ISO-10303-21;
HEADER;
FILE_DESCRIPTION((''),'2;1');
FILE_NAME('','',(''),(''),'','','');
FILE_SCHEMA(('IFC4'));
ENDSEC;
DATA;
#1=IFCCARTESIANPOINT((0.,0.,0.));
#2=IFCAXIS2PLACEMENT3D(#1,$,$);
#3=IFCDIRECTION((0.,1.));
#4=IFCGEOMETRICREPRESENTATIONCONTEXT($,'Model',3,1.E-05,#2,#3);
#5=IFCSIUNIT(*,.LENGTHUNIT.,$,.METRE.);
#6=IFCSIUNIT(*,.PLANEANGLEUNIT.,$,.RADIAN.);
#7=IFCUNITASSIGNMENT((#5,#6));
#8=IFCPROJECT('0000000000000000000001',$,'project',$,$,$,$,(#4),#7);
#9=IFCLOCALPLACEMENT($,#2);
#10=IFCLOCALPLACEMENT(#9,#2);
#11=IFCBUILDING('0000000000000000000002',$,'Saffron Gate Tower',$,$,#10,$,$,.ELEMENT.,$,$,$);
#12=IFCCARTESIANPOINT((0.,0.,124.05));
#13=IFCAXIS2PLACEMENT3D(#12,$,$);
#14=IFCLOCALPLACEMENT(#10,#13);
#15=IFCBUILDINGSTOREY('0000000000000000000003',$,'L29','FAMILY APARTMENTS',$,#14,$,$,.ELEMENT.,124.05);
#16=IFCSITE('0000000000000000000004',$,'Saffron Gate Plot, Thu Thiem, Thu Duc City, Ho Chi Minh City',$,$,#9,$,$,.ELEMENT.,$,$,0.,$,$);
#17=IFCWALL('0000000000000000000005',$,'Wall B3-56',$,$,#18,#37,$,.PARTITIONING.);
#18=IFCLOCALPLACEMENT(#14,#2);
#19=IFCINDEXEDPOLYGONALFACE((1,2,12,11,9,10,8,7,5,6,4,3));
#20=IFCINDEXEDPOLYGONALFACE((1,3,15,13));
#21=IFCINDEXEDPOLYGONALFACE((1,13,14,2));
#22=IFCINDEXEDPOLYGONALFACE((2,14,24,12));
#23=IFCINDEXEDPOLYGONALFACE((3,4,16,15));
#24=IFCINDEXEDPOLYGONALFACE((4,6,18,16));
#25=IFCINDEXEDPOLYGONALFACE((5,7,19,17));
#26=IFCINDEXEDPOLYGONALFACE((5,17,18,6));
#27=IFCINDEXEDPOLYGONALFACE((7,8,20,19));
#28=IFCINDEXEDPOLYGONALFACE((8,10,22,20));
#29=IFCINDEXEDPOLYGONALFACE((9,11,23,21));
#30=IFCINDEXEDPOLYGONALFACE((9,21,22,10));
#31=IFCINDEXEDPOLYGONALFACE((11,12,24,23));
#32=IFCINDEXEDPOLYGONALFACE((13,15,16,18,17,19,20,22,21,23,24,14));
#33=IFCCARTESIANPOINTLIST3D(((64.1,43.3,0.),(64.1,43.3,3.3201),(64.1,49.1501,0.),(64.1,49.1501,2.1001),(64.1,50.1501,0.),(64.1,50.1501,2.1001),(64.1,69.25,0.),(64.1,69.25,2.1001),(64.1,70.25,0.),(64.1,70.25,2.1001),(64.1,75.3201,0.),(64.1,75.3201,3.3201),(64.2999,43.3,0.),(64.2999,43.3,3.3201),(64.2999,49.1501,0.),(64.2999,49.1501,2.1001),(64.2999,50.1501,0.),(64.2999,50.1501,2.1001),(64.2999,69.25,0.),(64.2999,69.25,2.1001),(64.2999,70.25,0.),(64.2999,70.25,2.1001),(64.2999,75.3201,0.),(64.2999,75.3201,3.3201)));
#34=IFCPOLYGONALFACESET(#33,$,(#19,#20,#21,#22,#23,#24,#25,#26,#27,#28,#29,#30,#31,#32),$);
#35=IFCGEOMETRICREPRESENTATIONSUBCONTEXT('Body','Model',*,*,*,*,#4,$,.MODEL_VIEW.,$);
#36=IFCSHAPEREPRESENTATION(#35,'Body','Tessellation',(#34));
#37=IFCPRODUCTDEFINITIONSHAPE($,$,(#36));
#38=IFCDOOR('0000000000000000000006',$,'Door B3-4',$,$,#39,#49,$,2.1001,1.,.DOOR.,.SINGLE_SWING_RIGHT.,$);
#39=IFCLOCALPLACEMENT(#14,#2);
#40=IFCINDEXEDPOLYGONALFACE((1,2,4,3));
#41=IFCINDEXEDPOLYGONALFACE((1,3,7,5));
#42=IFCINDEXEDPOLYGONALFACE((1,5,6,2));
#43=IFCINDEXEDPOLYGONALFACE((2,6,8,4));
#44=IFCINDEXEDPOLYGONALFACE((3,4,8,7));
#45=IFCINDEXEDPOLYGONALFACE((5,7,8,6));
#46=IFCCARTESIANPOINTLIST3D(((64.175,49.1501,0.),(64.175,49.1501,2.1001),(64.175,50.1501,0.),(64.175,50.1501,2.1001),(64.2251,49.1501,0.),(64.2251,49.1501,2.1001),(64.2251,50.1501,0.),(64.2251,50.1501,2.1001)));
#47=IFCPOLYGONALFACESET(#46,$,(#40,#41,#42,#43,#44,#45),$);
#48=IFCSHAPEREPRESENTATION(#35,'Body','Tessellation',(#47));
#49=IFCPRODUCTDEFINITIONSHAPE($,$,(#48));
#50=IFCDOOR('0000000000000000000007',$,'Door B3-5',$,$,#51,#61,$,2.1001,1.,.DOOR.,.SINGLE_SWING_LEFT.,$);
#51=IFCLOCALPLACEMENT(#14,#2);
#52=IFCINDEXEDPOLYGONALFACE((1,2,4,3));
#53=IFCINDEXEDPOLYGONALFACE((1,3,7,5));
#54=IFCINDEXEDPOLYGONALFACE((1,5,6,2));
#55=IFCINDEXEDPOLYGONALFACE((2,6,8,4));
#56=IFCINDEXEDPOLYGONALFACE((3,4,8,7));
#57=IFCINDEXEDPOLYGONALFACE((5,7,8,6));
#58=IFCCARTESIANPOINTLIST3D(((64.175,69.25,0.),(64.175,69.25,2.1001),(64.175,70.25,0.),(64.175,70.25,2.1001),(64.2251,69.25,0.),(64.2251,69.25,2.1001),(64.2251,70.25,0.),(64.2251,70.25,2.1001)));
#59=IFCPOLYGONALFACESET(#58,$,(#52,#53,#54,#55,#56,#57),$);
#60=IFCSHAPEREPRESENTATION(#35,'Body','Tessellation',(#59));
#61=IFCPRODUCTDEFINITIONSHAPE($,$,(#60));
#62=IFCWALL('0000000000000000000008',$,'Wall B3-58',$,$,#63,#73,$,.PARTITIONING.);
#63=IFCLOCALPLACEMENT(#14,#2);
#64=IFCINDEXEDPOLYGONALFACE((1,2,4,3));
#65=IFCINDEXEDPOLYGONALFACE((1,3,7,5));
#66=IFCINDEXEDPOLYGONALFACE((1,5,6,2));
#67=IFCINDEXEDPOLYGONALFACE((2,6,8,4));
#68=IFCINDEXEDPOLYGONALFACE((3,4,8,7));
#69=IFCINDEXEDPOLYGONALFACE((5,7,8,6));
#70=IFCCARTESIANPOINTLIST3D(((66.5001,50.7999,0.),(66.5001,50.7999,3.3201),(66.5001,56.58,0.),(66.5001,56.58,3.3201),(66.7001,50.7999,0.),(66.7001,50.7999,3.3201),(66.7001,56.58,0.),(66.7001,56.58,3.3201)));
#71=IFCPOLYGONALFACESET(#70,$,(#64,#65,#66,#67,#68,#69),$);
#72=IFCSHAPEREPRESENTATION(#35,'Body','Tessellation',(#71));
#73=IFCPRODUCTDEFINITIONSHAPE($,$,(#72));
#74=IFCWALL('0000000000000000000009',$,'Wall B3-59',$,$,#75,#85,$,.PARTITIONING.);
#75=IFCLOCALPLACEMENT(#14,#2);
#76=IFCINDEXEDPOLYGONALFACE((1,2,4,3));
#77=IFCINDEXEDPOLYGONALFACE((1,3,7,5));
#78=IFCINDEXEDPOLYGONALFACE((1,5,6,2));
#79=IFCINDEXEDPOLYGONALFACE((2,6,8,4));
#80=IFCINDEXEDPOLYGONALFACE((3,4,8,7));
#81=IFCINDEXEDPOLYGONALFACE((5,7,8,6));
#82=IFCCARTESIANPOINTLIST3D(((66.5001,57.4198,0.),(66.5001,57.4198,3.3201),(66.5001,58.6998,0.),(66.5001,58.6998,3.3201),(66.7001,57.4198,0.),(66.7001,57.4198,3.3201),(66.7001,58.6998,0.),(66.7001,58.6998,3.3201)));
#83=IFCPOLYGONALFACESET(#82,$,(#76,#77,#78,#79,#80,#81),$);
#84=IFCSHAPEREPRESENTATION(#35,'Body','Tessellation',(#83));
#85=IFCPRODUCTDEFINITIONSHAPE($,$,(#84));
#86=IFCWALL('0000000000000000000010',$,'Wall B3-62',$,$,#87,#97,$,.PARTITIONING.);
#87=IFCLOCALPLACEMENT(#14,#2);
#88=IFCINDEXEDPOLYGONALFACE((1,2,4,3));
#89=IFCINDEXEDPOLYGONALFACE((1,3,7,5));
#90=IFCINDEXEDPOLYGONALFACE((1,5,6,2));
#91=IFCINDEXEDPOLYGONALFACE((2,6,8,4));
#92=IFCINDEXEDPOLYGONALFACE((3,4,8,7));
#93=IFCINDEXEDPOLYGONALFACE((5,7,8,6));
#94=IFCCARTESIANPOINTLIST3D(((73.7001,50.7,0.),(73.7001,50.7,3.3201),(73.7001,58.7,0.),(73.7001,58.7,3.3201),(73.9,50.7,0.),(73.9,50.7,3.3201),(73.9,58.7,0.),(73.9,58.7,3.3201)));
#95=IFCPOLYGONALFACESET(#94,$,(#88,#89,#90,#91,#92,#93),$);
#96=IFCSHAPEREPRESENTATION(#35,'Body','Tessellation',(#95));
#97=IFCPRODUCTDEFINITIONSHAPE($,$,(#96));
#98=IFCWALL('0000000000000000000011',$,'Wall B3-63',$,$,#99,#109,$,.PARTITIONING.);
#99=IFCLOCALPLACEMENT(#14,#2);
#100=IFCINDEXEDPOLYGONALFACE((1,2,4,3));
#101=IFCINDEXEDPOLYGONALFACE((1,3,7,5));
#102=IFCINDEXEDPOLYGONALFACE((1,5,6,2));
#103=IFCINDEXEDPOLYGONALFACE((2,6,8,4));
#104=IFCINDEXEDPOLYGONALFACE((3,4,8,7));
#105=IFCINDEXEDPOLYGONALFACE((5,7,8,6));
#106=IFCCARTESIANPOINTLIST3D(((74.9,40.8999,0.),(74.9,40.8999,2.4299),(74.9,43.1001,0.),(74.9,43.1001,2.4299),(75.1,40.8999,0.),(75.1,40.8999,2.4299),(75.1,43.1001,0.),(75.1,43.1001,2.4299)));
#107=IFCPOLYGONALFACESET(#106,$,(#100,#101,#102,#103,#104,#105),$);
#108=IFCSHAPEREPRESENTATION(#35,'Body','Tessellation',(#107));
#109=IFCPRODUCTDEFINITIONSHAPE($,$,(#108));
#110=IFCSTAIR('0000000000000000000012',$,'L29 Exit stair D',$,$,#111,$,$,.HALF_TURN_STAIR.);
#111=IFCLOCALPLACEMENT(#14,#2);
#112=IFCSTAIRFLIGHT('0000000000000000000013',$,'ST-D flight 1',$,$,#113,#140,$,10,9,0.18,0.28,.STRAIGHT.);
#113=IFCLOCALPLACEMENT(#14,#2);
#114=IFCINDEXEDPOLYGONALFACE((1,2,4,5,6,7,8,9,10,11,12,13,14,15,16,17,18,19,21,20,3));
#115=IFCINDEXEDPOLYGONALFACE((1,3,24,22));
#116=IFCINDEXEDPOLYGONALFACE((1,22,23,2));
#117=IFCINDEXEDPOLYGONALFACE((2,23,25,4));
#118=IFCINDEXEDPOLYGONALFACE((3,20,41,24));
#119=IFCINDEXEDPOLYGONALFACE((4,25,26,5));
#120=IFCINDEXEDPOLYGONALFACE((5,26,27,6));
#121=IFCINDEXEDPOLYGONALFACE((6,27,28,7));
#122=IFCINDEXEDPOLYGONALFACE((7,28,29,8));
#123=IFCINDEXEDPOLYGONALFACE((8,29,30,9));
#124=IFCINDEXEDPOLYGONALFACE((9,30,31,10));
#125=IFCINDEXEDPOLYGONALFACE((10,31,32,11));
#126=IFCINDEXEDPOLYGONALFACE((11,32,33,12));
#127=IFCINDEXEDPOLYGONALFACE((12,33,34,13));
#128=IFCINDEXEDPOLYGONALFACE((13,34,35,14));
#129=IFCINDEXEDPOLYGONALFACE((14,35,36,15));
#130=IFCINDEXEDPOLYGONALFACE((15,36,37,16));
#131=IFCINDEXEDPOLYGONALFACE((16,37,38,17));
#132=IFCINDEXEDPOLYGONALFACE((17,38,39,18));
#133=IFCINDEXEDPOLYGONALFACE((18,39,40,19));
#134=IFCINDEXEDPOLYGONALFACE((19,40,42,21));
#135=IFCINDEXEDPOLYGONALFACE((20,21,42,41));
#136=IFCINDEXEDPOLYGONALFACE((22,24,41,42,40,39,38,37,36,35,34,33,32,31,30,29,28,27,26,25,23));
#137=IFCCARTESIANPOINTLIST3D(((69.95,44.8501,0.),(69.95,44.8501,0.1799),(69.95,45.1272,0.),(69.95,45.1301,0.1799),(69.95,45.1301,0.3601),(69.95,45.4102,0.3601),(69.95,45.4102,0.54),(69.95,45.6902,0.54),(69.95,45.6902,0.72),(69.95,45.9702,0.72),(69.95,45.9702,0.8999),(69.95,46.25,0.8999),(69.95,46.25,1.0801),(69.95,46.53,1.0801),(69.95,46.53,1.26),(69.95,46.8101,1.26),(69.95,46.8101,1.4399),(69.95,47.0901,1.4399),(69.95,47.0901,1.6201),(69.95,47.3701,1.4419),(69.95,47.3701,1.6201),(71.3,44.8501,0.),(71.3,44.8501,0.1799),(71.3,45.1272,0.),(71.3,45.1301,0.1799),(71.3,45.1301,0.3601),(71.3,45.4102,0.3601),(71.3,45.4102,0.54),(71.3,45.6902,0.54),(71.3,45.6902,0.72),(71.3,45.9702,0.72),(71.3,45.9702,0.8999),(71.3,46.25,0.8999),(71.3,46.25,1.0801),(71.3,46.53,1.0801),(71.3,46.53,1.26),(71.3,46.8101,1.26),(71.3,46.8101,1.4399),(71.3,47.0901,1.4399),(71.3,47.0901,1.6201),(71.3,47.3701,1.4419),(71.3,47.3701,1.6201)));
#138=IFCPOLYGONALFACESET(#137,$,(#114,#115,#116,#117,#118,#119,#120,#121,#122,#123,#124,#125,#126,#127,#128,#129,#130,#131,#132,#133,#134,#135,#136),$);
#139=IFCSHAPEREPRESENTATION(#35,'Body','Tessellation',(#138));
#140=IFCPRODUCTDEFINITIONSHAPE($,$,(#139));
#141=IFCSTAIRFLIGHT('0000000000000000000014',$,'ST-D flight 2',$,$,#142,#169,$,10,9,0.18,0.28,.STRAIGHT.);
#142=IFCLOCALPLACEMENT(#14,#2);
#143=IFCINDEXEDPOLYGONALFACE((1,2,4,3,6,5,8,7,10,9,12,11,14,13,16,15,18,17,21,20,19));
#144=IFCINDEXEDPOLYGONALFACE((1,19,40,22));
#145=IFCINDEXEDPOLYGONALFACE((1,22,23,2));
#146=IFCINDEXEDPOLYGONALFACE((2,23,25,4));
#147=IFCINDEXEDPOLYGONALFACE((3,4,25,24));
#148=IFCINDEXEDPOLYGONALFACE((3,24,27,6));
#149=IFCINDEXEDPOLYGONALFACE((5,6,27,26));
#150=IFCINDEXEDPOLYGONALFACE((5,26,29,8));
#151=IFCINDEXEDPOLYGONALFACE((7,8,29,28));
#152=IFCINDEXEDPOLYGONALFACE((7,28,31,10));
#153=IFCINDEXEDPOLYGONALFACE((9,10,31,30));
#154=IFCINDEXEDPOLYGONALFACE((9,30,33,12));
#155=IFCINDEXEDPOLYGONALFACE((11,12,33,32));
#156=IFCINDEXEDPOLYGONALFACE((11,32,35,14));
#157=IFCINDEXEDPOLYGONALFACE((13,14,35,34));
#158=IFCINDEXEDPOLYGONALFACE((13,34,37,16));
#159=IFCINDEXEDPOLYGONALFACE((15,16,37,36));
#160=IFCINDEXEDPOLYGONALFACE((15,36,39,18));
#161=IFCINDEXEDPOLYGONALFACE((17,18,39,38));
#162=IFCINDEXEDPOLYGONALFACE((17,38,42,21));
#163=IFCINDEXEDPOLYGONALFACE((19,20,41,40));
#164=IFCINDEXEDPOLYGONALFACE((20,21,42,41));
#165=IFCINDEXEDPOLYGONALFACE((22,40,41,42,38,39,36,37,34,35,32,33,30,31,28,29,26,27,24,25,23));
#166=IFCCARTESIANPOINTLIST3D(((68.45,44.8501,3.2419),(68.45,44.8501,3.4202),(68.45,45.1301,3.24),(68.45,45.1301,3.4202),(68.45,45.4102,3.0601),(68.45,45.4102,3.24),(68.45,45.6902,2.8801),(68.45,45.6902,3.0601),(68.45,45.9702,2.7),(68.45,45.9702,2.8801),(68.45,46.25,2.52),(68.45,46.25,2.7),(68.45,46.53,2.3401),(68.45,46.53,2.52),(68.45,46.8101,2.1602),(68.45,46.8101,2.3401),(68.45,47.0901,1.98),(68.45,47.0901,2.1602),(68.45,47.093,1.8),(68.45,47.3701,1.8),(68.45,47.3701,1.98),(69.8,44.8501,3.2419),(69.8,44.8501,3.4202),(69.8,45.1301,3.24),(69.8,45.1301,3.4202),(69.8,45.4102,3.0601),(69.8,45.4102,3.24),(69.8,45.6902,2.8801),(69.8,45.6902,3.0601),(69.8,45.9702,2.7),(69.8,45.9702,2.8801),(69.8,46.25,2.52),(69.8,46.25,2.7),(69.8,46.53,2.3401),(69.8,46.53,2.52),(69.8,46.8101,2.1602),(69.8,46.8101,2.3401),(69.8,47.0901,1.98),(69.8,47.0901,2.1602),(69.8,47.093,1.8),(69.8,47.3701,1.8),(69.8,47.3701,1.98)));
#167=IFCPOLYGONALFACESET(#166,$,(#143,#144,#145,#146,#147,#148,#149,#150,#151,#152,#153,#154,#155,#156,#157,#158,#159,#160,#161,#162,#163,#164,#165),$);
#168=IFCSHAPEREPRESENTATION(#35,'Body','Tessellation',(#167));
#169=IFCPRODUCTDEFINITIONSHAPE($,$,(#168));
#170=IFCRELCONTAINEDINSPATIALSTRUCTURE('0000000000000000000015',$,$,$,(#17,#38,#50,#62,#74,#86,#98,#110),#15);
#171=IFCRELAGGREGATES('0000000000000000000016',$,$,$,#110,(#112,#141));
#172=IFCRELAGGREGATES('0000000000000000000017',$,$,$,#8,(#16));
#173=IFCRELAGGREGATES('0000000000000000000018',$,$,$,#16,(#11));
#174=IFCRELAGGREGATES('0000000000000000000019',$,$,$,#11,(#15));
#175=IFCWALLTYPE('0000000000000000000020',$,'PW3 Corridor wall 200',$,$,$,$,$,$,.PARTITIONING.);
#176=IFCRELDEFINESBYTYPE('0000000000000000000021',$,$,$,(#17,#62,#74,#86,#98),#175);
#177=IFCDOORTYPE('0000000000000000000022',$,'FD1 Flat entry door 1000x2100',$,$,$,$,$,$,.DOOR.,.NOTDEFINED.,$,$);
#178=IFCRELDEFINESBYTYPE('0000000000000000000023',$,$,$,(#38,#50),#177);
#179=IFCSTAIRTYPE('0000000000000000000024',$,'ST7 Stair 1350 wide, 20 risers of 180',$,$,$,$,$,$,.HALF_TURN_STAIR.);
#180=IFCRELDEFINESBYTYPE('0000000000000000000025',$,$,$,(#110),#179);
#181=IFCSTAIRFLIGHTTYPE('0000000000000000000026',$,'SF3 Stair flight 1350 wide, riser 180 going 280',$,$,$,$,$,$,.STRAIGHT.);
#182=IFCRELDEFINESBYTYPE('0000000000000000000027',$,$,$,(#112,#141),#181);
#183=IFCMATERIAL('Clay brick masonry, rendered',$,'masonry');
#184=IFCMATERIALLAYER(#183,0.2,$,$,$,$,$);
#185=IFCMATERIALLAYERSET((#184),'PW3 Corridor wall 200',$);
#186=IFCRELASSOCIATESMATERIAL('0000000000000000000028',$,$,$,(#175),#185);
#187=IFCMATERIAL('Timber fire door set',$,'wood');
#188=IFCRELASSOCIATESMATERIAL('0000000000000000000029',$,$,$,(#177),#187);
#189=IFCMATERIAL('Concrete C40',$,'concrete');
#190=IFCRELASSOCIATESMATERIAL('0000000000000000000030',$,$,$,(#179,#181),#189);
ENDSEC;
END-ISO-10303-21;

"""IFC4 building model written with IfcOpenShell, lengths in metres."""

from ifc_helpers import new_model, si_unit, direction, frame, frame_2d, origin, place, context, subcontext, project, spatial, polyline, rectangle, outline, extrude, material, layer, layer_set, type_object, element, fill, aggregate, save


model = new_model("IFC4")

# Units and contexts
model_context = context("Model", 3, precision=1e-05, world=origin(), true_north=direction((0.0, 1.0)))
body_context = subcontext(model_context, "Body", "Model", "MODEL_VIEW")
ifc_project = project(units=[si_unit("LENGTHUNIT", "METRE"), si_unit("PLANEANGLEUNIT", "RADIAN")], contexts=[model_context])

# Site, building, storey
site_placement = place(None, origin())
site = spatial("IfcSite", under=ifc_project, at=site_placement, Name="Saffron Gate Plot, Thu Thiem, Thu Duc City, Ho Chi Minh City", CompositionType="ELEMENT", RefElevation=0.0)
building_placement = place(site_placement, origin())
building = spatial("IfcBuilding", under=site, at=building_placement, Name="Saffron Gate Tower", CompositionType="ELEMENT")
storey_placement = place(building_placement, frame((0.0, 0.0, 124.05)))
storey = spatial("IfcBuildingStorey", under=building, at=storey_placement, Name="L29", Description="FAMILY APARTMENTS", CompositionType="ELEMENT", Elevation=124.05)

# Shared definitions
ifc_material_1 = material(Name="Clay brick masonry, rendered", Category="masonry")
ifc_layer_1 = layer(ifc_material_1, 0.2)
ifc_layer_set_1 = layer_set([ifc_layer_1], Name="PW3 Corridor wall 200")
wall_type_1 = type_object("IfcWallType", Name="PW3 Corridor wall 200", PredefinedType="PARTITIONING", material=ifc_layer_set_1)
ifc_material_2 = material(Name="Timber fire door set", Category="wood")
door_type_1 = type_object("IfcDoorType", Name="FD1 Flat entry door 1000x2100", OperationType="NOTDEFINED", PredefinedType="DOOR", material=ifc_material_2)

# Wall, openings, doors
wall_1_placement = place(storey_placement, frame((64.2, 43.3, 0.0), z_axis=(0.0, 0.0, 1.0), x_axis=(0.0, 1.0, 0.0)))
wall_1 = element("IfcWall", 1, at=wall_1_placement, inside=storey, type_object=wall_type_1, Name="Wall B3-56", PredefinedType="PARTITIONING", context=body_context, shape_type="SweptSolid", body=[
    extrude(rectangle(XDim=32.02, YDim=0.2, at=frame_2d((16.01, 0.0))), origin(), (0.0, 0.0, 1.0), 3.3201),
])
opening_1_placement = place(wall_1_placement, frame((5.8501, 0.0, 0.0)))
opening_1 = element("IfcOpeningElement", 2, at=opening_1_placement, cuts=wall_1, PredefinedType="OPENING", context=body_context, shape_type="SweptSolid", body=[
    extrude(rectangle(XDim=1.0, YDim=2.1001, at=frame_2d((0.5, 1.05))), frame((0.0, 0.1099, 0.0), z_axis=(0.0, -1.0, 0.0), x_axis=(1.0, 0.0, 0.0)), (0.0, 0.0, 1.0), 0.22),
])
opening_2_placement = place(wall_1_placement, frame((25.95, 0.0, 0.0)))
opening_2 = element("IfcOpeningElement", 3, at=opening_2_placement, cuts=wall_1, PredefinedType="OPENING", context=body_context, shape_type="SweptSolid", body=[
    extrude(rectangle(XDim=1.0, YDim=2.1001, at=frame_2d((0.5, 1.05))), frame((0.0, 0.1099, 0.0), z_axis=(0.0, -1.0, 0.0), x_axis=(1.0, 0.0, 0.0)), (0.0, 0.0, 1.0), 0.22),
])
door_1_placement = place(opening_1_placement, origin())
door_1 = element("IfcDoor", 4, at=door_1_placement, inside=storey, type_object=door_type_1, Name="Door B3-4", OperationType="SINGLE_SWING_RIGHT", OverallHeight=2.1001, OverallWidth=1.0, PredefinedType="DOOR", context=body_context, shape_type="SweptSolid", body=[
    extrude(rectangle(XDim=1.0, YDim=2.1001, at=frame_2d((0.5, 1.05))), frame((0.0, 0.0249, 0.0), z_axis=(0.0, -1.0, 0.0), x_axis=(1.0, 0.0, 0.0)), (0.0, 0.0, 1.0), 0.05),
])
fill(opening_1, door_1)
door_2_placement = place(opening_2_placement, origin())
door_2 = element("IfcDoor", 5, at=door_2_placement, inside=storey, type_object=door_type_1, Name="Door B3-5", OperationType="SINGLE_SWING_LEFT", OverallHeight=2.1001, OverallWidth=1.0, PredefinedType="DOOR", context=body_context, shape_type="SweptSolid", body=[
    extrude(rectangle(XDim=1.0, YDim=2.1001, at=frame_2d((0.5, 1.05))), frame((0.0, 0.0249, 0.0), z_axis=(0.0, -1.0, 0.0), x_axis=(1.0, 0.0, 0.0)), (0.0, 0.0, 1.0), 0.05),
])
fill(opening_2, door_2)

# Walls
wall_2_placement = place(storey_placement, frame((66.6001, 56.5801, 0.0), z_axis=(0.0, 0.0, 1.0), x_axis=(0.0, -1.0, 0.0)))
element("IfcWall", 6, at=wall_2_placement, inside=storey, type_object=wall_type_1, Name="Wall B3-58", PredefinedType="PARTITIONING", context=body_context, shape_type="SweptSolid", body=[
    extrude(rectangle(XDim=5.78, YDim=0.2, at=frame_2d((2.8901, 0.0))), origin(), (0.0, 0.0, 1.0), 3.3201),
])
wall_3_placement = place(storey_placement, frame((66.6001, 58.7, 0.0), z_axis=(0.0, 0.0, 1.0), x_axis=(0.0, -1.0, 0.0)))
element("IfcWall", 7, at=wall_3_placement, inside=storey, type_object=wall_type_1, Name="Wall B3-59", PredefinedType="PARTITIONING", context=body_context, shape_type="SweptSolid", body=[
    extrude(rectangle(XDim=1.28, YDim=0.2, at=frame_2d((0.6401, 0.0))), origin(), (0.0, 0.0, 1.0), 3.3201),
])
wall_4_placement = place(storey_placement, frame((73.8, 58.7, 0.0), z_axis=(0.0, 0.0, 1.0), x_axis=(0.0, -1.0, 0.0)))
element("IfcWall", 8, at=wall_4_placement, inside=storey, type_object=wall_type_1, Name="Wall B3-62", PredefinedType="PARTITIONING", context=body_context, shape_type="SweptSolid", body=[
    extrude(rectangle(XDim=8.0, YDim=0.2, at=frame_2d((4.0, 0.0))), origin(), (0.0, 0.0, 1.0), 3.3201),
])
wall_5_placement = place(storey_placement, frame((75.0, 43.1001, 0.0), z_axis=(0.0, 0.0, 1.0), x_axis=(0.0, -1.0, 0.0)))
element("IfcWall", 9, at=wall_5_placement, inside=storey, type_object=wall_type_1, Name="Wall B3-63", PredefinedType="PARTITIONING", context=body_context, shape_type="SweptSolid", body=[
    extrude(rectangle(XDim=2.2002, YDim=0.2, at=frame_2d((1.1001, 0.0))), origin(), (0.0, 0.0, 1.0), 2.4299),
])

# Stair, stair flights
ifc_material_3 = material(Name="Concrete C40", Category="concrete")
stair_type = type_object("IfcStairType", Name="ST7 Stair 1350 wide, 20 risers of 180", PredefinedType="HALF_TURN_STAIR", material=ifc_material_3)
stair_placement = place(storey_placement, origin())
stair = element("IfcStair", 10, at=stair_placement, inside=storey, type_object=stair_type, Name="L29 Exit stair D", PredefinedType="HALF_TURN_STAIR")
stair_flight_type = type_object("IfcStairFlightType", Name="SF3 Stair flight 1350 wide, riser 180 going 280", PredefinedType="STRAIGHT", material=ifc_material_3)
stair_flight_1_placement = place(storey_placement, frame((70.625, 44.8501, 0.0), z_axis=(0.0, 0.0, 1.0), x_axis=(0.0, 1.0, 0.0)))
stair_flight_1 = element("IfcStairFlight", 11, at=stair_flight_1_placement, type_object=stair_flight_type, Name="ST-D flight 1", NumberOfRisers=10, NumberOfTreads=9, PredefinedType="STRAIGHT", RiserHeight=0.18, TreadLength=0.28, context=body_context, shape_type="SweptSolid", body=[
    extrude(outline(polyline([(0.0, 0.0), (0.0, 0.1799), (0.28, 0.1799), (0.28, 0.3601), (0.5601, 0.3601), (0.5601, 0.54), (0.8401, 0.54), (0.8401, 0.72), (1.1201, 0.72), (1.1201, 0.8999), (1.3999, 0.8999), (1.3999, 1.0801), (1.6799, 1.0801), (1.6799, 1.26), (1.96, 1.26), (1.96, 1.4399), (2.24, 1.4399), (2.24, 1.6201), (2.52, 1.6201), (2.52, 1.8), (2.52, 1.4419), (0.2771, 0.0), (0.0, 0.0)])), frame((0.0, 0.675, 0.0), z_axis=(0.0, -1.0, 0.0), x_axis=(1.0, 0.0, 0.0)), (0.0, 0.0, 1.0), 1.3501),
])
stair_flight_2_placement = place(storey_placement, frame((69.125, 47.3701, 1.8), z_axis=(0.0, 0.0, 1.0), x_axis=(0.0, -1.0, 0.0)))
stair_flight_2 = element("IfcStairFlight", 12, at=stair_flight_2_placement, type_object=stair_flight_type, Name="ST-D flight 2", NumberOfRisers=10, NumberOfTreads=9, PredefinedType="STRAIGHT", RiserHeight=0.18, TreadLength=0.28, context=body_context, shape_type="SweptSolid", body=[
    extrude(outline(polyline([(0.0, 0.0), (0.0, 0.1799), (0.28, 0.1799), (0.28, 0.3601), (0.5601, 0.3601), (0.5601, 0.54), (0.8401, 0.54), (0.8401, 0.72), (1.1201, 0.72), (1.1201, 0.8999), (1.3999, 0.8999), (1.3999, 1.0801), (1.6799, 1.0801), (1.6799, 1.26), (1.96, 1.26), (1.96, 1.4399), (2.24, 1.4399), (2.24, 1.6201), (2.52, 1.6201), (2.52, 1.8), (2.52, 1.4419), (0.2771, 0.0), (0.0, 0.0)])), frame((0.0, 0.675, 0.0), z_axis=(0.0, -1.0, 0.0), x_axis=(1.0, 0.0, 0.0)), (0.0, 0.0, 1.0), 1.3501),
])
aggregate(stair, [stair_flight_1, stair_flight_2])

save(model, "model.ifc")
